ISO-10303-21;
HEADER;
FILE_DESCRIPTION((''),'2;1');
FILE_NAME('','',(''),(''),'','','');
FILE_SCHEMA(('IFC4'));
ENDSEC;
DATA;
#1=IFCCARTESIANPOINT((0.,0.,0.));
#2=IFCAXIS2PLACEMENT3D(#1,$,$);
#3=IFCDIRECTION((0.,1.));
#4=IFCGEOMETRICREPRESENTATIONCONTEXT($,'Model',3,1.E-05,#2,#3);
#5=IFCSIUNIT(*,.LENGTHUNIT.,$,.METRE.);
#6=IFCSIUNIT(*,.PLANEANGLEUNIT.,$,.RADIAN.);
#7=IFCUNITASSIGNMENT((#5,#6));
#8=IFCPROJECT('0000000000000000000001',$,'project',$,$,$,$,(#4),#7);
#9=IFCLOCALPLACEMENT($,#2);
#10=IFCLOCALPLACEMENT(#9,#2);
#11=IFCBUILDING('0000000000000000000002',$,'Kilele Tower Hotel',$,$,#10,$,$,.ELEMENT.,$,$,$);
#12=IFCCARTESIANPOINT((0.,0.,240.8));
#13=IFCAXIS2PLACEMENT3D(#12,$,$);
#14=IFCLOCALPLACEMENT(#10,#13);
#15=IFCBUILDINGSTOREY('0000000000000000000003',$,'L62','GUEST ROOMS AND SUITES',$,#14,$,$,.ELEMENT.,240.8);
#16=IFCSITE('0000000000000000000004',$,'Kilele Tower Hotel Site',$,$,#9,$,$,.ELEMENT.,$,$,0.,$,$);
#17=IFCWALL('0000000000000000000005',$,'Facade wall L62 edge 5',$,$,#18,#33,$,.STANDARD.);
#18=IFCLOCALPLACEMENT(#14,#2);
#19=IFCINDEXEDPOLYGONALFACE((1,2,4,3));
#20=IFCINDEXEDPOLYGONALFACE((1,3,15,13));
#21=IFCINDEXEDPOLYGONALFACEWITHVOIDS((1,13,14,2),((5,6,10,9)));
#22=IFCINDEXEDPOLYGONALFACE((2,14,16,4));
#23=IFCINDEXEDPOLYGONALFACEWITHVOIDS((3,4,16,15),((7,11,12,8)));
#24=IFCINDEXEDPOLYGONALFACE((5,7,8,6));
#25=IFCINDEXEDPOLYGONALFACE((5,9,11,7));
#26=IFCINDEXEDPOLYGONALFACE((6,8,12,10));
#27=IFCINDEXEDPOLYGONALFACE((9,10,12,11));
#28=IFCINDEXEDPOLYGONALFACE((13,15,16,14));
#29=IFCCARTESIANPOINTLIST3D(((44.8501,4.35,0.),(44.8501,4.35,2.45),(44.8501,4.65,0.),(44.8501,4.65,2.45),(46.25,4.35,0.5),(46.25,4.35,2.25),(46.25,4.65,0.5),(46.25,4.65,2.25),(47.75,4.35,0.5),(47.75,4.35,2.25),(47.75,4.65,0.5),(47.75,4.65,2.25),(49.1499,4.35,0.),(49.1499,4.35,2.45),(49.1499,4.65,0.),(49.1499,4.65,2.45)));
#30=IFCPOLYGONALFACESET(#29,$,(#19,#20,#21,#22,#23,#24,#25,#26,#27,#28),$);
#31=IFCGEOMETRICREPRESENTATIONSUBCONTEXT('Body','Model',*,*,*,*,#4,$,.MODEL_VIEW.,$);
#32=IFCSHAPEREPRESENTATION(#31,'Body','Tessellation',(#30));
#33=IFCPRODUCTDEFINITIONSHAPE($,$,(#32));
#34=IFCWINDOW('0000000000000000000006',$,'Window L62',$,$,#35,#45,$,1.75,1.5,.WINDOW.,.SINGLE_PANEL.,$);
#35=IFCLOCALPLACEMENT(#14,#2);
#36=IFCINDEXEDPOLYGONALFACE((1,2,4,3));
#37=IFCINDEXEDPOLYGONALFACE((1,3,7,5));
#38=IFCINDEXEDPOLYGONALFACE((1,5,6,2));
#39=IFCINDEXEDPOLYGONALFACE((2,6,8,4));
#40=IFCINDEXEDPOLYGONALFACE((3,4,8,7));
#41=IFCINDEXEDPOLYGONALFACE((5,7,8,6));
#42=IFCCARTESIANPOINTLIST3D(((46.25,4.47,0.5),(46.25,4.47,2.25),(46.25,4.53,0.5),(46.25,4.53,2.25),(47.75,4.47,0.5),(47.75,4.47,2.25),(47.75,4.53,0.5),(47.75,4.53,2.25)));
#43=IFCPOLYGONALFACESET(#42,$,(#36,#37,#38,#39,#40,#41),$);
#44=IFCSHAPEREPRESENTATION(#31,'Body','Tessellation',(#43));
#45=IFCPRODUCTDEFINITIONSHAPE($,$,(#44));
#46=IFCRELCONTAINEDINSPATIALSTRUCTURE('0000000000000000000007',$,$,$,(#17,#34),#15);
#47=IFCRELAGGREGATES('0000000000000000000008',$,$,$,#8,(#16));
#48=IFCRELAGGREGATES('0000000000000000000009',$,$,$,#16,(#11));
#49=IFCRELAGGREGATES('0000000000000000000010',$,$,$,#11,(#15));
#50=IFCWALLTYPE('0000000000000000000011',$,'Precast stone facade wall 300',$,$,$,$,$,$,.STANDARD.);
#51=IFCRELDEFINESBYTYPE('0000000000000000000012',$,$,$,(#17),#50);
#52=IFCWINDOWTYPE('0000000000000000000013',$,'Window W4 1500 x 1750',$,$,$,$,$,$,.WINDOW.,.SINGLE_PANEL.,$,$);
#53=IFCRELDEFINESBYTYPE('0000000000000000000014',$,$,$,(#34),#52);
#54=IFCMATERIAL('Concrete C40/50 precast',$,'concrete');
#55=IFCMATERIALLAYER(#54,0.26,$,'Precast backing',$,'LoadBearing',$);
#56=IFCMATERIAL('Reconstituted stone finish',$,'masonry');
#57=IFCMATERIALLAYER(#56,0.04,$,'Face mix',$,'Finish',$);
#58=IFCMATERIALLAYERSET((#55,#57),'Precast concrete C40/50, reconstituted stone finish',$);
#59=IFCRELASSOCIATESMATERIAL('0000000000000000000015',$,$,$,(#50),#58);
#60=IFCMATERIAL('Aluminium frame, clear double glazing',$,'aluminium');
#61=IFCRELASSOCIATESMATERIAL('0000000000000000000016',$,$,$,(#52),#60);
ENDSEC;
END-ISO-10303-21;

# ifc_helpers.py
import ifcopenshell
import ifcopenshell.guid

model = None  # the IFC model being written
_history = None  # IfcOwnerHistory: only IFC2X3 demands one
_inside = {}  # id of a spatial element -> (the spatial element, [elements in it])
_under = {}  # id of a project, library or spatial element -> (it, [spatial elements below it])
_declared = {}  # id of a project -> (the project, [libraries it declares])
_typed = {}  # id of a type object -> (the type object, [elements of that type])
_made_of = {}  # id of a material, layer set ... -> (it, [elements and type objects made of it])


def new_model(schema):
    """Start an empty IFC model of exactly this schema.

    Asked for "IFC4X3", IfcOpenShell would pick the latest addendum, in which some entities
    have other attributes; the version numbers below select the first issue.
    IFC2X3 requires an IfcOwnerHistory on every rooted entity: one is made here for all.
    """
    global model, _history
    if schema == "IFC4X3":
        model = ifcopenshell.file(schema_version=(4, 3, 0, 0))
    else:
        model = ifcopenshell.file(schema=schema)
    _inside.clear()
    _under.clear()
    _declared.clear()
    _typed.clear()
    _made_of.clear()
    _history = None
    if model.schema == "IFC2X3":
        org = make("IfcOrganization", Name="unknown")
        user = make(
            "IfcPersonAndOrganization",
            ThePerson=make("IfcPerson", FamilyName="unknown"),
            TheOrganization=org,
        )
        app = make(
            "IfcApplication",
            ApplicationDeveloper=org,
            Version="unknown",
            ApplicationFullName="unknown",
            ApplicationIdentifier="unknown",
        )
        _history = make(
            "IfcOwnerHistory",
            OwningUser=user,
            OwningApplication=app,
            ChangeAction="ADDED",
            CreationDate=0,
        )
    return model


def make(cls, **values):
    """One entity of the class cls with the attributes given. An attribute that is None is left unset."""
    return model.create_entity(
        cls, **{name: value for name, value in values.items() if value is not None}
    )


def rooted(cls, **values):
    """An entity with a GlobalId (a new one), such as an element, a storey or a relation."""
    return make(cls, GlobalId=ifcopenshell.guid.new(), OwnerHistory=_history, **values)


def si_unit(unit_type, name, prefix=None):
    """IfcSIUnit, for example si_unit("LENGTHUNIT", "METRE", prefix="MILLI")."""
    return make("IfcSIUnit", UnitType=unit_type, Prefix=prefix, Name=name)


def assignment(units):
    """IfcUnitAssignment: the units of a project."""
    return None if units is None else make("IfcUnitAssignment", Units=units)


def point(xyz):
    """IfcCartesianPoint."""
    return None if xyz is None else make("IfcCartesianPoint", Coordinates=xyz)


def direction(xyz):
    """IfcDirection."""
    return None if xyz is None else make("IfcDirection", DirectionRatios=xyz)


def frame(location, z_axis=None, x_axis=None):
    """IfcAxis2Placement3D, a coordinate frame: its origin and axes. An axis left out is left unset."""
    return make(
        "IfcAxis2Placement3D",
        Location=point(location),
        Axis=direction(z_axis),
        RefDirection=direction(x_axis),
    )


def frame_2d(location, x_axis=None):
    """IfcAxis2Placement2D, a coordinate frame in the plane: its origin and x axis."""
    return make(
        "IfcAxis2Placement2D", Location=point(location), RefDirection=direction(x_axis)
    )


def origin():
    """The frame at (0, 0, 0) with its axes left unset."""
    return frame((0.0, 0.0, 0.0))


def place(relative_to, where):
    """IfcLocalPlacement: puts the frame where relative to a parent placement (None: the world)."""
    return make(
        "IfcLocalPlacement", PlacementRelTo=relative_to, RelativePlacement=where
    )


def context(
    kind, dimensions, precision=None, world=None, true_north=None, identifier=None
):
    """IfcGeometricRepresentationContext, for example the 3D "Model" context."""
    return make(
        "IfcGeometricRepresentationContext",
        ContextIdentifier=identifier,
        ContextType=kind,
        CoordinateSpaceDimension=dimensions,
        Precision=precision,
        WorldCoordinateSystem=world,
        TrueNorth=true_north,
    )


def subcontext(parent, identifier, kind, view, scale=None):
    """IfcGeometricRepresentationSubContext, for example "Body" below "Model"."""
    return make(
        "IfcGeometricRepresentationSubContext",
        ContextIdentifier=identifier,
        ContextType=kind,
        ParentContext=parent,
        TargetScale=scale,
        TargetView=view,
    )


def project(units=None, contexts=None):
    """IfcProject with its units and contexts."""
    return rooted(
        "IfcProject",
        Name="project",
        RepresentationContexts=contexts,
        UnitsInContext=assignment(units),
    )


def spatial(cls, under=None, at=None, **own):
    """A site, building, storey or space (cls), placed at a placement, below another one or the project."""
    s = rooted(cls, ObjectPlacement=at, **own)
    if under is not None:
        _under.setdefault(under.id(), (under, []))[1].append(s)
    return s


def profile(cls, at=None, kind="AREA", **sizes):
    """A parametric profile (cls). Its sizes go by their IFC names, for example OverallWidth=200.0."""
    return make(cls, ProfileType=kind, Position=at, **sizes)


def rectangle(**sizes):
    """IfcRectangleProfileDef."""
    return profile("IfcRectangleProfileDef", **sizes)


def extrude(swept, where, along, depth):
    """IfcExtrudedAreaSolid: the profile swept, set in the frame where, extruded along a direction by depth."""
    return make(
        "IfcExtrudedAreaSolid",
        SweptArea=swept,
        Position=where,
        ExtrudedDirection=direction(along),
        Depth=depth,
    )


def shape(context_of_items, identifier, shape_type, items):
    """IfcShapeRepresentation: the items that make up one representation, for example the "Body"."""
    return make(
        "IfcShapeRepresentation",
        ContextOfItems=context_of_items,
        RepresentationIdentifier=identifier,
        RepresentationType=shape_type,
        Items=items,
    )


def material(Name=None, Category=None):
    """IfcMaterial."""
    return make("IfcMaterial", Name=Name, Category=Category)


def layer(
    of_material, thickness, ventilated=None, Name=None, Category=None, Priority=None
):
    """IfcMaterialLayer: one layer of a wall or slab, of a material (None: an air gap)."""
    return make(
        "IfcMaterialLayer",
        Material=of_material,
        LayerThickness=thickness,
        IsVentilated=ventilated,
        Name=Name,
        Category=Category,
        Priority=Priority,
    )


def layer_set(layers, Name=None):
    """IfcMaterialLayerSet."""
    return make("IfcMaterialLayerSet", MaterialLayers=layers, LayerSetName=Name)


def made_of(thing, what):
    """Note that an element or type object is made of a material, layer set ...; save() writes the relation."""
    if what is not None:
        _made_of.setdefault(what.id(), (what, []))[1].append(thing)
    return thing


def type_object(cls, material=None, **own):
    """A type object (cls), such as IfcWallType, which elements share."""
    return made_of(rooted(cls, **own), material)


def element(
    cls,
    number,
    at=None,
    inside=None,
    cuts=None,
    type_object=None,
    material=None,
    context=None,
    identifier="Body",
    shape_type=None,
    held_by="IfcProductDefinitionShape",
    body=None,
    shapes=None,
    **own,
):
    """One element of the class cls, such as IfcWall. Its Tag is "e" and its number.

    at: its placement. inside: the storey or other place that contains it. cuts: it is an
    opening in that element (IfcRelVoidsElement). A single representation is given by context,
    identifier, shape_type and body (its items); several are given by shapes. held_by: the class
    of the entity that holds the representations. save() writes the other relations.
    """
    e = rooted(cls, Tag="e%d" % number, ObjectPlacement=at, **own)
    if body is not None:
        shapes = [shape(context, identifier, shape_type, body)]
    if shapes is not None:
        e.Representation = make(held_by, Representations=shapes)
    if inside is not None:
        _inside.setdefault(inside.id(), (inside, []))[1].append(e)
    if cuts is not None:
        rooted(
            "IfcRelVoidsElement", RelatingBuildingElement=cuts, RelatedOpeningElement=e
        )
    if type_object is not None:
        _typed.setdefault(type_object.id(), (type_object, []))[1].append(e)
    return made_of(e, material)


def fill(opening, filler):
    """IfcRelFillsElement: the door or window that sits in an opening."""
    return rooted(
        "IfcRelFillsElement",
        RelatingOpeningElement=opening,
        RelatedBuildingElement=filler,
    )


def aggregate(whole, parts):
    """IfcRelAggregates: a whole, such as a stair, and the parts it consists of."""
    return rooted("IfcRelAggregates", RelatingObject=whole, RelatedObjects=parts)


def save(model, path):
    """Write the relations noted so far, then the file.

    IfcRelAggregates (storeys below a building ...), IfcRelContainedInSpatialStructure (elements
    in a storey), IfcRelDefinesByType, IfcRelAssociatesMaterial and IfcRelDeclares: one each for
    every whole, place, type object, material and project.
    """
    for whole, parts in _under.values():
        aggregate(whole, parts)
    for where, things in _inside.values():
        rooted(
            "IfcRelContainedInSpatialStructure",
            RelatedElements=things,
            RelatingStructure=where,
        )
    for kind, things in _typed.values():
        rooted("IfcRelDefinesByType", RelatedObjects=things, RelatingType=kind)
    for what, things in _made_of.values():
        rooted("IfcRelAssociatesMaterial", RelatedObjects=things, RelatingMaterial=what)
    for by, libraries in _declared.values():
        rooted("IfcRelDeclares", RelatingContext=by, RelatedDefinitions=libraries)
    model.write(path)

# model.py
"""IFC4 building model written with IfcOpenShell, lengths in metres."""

from ifc_helpers import new_model, si_unit, direction, frame, frame_2d, origin, place, context, subcontext, project, spatial, rectangle, extrude, material, layer, layer_set, type_object, element, fill, save


model = new_model("IFC4")

# Units and contexts
model_context = context("Model", 3, precision=1e-05, world=origin(), true_north=direction((0.0, 1.0)))
body_context = subcontext(model_context, "Body", "Model", "MODEL_VIEW")
ifc_project = project(units=[si_unit("LENGTHUNIT", "METRE"), si_unit("PLANEANGLEUNIT", "RADIAN")], contexts=[model_context])

# Site, building, storey
site_placement = place(None, origin())
site = spatial("IfcSite", under=ifc_project, at=site_placement, Name="Kilele Tower Hotel Site", CompositionType="ELEMENT", RefElevation=0.0)
building_placement = place(site_placement, origin())
building = spatial("IfcBuilding", under=site, at=building_placement, Name="Kilele Tower Hotel", CompositionType="ELEMENT")
storey_placement = place(building_placement, frame((0.0, 0.0, 240.8)))
storey = spatial("IfcBuildingStorey", under=building, at=storey_placement, Name="L62", Description="GUEST ROOMS AND SUITES", CompositionType="ELEMENT", Elevation=240.8)

# Wall, opening, window
ifc_material_1 = material(Name="Concrete C40/50 precast", Category="concrete")
ifc_layer_1 = layer(ifc_material_1, 0.26, Name="Precast backing", Category="LoadBearing")
ifc_material_2 = material(Name="Reconstituted stone finish", Category="masonry")
ifc_layer_2 = layer(ifc_material_2, 0.04, Name="Face mix", Category="Finish")
ifc_layer_set_1 = layer_set([ifc_layer_1, ifc_layer_2], Name="Precast concrete C40/50, reconstituted stone finish")
wall_type_1 = type_object("IfcWallType", Name="Precast stone facade wall 300", PredefinedType="STANDARD", material=ifc_layer_set_1)
wall_1_placement = place(storey_placement, frame((44.8501, 4.5, 0.0), z_axis=(0.0, 0.0, 1.0), x_axis=(1.0, 0.0, 0.0)))
wall_1 = element("IfcWall", 1, at=wall_1_placement, inside=storey, type_object=wall_type_1, Name="Facade wall L62 edge 5", PredefinedType="STANDARD", context=body_context, shape_type="SweptSolid", body=[
    extrude(rectangle(XDim=4.2998, YDim=0.3, at=frame_2d((2.1499, 0.0))), origin(), (0.0, 0.0, 1.0), 2.45),
])
opening_1_placement = place(wall_1_placement, frame((1.3999, 0.0, 0.5)))
opening_1 = element("IfcOpeningElement", 2, at=opening_1_placement, cuts=wall_1, PredefinedType="OPENING", context=body_context, shape_type="SweptSolid", body=[
    extrude(rectangle(XDim=1.5, YDim=1.75, at=frame_2d((0.75, 0.875))), frame((0.0, 0.1599, 0.0), z_axis=(0.0, -1.0, 0.0), x_axis=(1.0, 0.0, 0.0)), (0.0, 0.0, 1.0), 0.3201),
])
ifc_material_3 = material(Name="Aluminium frame, clear double glazing", Category="aluminium")
window_type_1 = type_object("IfcWindowType", Name="Window W4 1500 x 1750", PartitioningType="SINGLE_PANEL", PredefinedType="WINDOW", material=ifc_material_3)
window_1_placement = place(opening_1_placement, origin())
window_1 = element("IfcWindow", 3, at=window_1_placement, inside=storey, type_object=window_type_1, Name="Window L62", OverallHeight=1.75, OverallWidth=1.5, PartitioningType="SINGLE_PANEL", PredefinedType="WINDOW", context=body_context, shape_type="SweptSolid", body=[
    extrude(rectangle(XDim=1.5, YDim=1.75, at=frame_2d((0.75, 0.875))), frame((0.0, 0.03, 0.0), z_axis=(0.0, -1.0, 0.0), x_axis=(1.0, 0.0, 0.0)), (0.0, 0.0, 1.0), 0.0601),
])
fill(opening_1, window_1)

save(model, "model.ifc")
